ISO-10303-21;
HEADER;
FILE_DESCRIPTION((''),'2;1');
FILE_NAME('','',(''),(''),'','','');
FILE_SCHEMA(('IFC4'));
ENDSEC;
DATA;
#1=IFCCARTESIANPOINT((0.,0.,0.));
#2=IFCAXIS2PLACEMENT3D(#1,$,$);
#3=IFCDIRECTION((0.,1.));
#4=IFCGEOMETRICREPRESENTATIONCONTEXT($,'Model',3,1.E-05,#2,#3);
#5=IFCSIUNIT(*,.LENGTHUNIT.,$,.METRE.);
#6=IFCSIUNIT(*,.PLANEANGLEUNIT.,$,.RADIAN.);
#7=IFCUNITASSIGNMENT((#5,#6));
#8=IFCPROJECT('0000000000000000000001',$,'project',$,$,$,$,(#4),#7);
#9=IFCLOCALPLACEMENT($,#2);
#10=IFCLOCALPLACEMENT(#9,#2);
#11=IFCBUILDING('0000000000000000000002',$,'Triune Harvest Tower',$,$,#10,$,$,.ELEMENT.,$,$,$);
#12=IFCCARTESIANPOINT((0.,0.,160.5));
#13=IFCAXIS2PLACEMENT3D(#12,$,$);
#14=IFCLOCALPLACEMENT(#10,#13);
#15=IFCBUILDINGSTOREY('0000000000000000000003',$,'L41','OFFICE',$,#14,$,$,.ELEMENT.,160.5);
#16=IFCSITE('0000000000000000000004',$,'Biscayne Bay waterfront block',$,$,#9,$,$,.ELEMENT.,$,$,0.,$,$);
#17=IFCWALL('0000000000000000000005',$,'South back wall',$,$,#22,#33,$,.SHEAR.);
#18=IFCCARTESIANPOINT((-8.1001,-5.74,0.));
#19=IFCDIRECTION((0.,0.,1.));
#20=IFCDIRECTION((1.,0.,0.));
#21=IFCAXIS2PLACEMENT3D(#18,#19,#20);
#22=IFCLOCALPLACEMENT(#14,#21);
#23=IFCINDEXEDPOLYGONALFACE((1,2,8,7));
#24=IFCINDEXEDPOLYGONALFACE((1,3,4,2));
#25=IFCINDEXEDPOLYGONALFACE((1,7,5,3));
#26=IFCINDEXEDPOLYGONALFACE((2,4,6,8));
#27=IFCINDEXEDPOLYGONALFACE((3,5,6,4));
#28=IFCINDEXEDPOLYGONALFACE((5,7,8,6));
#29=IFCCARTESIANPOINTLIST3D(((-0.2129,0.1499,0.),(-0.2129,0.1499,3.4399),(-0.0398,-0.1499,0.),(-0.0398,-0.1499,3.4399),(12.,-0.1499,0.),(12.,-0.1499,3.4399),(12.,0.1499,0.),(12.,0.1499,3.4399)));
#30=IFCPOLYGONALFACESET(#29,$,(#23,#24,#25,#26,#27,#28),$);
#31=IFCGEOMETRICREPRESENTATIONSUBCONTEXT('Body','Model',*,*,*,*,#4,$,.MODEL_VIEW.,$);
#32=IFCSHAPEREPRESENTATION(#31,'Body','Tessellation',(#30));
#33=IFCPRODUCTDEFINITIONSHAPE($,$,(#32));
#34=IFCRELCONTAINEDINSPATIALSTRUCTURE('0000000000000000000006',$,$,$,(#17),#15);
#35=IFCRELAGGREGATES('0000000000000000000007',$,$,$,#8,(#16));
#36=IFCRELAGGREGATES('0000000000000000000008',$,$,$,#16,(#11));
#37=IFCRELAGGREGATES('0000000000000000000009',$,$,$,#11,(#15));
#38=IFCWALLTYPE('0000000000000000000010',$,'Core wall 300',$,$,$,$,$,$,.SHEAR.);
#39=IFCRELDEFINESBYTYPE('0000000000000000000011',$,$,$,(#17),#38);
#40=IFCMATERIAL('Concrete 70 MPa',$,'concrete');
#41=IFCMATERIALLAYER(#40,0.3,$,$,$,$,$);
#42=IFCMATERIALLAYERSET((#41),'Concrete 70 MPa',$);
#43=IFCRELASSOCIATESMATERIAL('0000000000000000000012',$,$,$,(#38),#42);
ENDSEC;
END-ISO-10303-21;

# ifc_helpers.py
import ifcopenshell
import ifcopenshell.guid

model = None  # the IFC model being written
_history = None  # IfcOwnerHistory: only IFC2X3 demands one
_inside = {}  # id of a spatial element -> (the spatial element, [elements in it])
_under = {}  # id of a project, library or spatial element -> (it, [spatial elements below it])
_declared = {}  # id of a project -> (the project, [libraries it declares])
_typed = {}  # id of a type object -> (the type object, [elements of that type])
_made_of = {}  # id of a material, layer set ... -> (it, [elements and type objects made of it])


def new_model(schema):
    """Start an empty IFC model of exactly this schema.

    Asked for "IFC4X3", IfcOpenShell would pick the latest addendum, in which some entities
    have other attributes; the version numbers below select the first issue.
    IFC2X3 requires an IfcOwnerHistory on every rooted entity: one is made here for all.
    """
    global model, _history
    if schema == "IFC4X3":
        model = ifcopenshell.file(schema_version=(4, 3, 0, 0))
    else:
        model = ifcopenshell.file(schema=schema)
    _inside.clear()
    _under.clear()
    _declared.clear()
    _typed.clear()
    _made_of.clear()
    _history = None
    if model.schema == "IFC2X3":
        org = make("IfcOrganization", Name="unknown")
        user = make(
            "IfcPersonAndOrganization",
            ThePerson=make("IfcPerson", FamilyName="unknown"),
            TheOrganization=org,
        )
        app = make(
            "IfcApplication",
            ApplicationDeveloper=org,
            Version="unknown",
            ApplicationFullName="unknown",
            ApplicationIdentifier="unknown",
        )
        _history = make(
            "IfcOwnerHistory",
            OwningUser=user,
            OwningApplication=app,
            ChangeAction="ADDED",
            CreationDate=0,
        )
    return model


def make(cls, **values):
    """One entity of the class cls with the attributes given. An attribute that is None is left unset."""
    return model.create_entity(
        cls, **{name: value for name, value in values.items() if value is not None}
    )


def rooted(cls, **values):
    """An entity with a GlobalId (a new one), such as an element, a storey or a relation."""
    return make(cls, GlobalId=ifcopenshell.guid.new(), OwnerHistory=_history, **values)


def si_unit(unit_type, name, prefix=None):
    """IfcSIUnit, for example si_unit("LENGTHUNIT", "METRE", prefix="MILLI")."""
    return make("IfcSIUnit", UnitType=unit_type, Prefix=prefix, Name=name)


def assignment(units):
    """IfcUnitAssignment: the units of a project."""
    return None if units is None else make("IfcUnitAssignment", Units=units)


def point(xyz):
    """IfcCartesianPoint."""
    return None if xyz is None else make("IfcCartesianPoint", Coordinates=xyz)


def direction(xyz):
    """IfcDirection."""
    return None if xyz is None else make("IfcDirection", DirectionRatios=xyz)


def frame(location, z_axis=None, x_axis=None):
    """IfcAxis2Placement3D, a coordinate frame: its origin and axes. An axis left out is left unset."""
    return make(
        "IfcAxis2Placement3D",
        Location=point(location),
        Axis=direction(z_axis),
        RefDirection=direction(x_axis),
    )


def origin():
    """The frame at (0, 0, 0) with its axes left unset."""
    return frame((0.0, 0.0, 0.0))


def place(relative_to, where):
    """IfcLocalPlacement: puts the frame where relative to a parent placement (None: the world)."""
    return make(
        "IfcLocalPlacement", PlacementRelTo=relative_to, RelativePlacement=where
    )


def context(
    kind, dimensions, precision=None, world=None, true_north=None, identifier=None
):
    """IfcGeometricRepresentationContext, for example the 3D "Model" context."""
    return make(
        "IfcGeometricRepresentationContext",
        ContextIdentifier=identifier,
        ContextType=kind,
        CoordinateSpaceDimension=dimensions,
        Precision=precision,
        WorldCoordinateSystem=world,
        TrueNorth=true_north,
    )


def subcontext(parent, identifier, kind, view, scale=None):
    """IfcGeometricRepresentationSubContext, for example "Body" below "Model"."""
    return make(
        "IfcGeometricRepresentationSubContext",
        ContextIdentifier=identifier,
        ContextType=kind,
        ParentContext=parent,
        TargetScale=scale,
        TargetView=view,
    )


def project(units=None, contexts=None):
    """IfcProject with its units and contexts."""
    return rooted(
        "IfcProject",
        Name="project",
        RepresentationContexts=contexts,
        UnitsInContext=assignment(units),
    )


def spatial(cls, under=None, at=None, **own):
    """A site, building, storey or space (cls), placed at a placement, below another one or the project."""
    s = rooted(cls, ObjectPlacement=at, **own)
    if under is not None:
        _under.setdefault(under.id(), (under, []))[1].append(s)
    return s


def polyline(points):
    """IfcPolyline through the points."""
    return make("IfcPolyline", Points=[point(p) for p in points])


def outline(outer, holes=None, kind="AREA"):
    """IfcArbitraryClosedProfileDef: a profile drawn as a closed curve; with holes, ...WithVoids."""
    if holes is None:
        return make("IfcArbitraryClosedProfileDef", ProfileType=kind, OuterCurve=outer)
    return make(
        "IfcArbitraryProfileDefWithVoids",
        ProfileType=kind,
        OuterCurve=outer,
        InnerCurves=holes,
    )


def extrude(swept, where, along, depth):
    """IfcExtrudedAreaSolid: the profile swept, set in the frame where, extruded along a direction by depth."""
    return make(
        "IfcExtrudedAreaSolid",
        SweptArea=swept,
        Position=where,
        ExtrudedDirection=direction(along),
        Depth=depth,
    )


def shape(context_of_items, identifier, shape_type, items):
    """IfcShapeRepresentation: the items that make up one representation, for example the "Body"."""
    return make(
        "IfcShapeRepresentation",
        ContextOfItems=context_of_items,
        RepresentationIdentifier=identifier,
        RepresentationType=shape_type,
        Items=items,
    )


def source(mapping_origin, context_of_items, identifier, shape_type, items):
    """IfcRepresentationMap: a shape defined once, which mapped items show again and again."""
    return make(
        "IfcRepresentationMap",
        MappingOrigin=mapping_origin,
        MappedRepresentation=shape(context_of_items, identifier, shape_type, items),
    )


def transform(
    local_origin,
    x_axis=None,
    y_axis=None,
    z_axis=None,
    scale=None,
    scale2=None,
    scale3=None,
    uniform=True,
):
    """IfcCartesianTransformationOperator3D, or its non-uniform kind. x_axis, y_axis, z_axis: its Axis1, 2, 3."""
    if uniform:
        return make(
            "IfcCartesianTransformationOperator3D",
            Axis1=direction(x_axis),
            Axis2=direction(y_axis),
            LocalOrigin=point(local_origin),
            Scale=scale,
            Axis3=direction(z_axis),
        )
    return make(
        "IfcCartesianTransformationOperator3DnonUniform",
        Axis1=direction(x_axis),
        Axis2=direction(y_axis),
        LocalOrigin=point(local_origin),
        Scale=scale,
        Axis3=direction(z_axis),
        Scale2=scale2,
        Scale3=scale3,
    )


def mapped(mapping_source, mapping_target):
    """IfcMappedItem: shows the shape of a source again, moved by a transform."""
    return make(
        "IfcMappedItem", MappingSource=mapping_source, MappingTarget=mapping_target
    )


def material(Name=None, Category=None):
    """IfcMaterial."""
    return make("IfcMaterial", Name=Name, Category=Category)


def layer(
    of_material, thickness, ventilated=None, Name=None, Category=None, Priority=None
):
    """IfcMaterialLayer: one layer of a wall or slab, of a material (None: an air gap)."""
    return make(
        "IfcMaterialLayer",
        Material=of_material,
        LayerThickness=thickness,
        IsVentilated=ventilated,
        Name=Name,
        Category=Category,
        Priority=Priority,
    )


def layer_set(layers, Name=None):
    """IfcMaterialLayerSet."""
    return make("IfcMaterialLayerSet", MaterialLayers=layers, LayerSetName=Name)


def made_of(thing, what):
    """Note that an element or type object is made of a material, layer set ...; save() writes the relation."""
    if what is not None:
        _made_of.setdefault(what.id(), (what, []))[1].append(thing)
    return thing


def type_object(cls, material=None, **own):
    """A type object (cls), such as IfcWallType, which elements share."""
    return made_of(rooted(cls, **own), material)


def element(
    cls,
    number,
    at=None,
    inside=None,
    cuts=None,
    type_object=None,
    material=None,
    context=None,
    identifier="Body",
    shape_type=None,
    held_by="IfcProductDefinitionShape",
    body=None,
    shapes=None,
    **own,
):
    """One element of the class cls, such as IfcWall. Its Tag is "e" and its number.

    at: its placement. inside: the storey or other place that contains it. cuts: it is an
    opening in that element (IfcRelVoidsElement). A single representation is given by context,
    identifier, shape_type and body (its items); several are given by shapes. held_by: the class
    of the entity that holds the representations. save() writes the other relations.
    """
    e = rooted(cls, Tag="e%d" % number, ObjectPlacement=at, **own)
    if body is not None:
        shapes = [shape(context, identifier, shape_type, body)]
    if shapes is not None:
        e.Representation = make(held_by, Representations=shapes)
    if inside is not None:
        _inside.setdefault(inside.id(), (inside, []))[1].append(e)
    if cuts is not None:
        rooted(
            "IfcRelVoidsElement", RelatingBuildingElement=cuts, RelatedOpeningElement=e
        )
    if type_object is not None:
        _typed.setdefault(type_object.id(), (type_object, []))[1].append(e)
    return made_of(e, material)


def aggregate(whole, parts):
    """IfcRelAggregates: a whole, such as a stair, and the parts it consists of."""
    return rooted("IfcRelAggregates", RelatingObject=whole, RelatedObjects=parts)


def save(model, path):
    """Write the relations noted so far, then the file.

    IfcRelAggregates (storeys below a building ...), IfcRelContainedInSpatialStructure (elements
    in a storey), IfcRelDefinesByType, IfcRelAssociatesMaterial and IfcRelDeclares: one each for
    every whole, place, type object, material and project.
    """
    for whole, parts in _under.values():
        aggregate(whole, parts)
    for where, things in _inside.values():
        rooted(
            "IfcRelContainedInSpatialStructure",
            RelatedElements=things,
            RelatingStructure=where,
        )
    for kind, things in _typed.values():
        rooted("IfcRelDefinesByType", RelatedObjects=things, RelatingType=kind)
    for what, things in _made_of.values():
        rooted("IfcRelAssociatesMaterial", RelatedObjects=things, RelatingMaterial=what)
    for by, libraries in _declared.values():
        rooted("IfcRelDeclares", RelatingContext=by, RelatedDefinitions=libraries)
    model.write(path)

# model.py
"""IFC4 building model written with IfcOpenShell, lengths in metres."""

from ifc_helpers import new_model, si_unit, direction, frame, origin, place, context, subcontext, project, spatial, polyline, outline, extrude, source, transform, mapped, material, layer, layer_set, type_object, element, save


model = new_model("IFC4")

# Units and contexts
model_context = context("Model", 3, precision=1e-05, world=origin(), true_north=direction((0.0, 1.0)))
body_context = subcontext(model_context, "Body", "Model", "MODEL_VIEW")
ifc_project = project(units=[si_unit("LENGTHUNIT", "METRE"), si_unit("PLANEANGLEUNIT", "RADIAN")], contexts=[model_context])

# Site, building, storey
site_placement = place(None, origin())
site = spatial("IfcSite", under=ifc_project, at=site_placement, Name="Biscayne Bay waterfront block", CompositionType="ELEMENT", RefElevation=0.0)
building_placement = place(site_placement, origin())
building = spatial("IfcBuilding", under=site, at=building_placement, Name="Triune Harvest Tower", CompositionType="ELEMENT")
storey_placement = place(building_placement, frame((0.0, 0.0, 160.5)))
storey = spatial("IfcBuildingStorey", under=building, at=storey_placement, Name="L41", Description="OFFICE", CompositionType="ELEMENT", Elevation=160.5)

# Wall
ifc_material_1 = material(Name="Concrete 70 MPa", Category="concrete")
ifc_layer_1 = layer(ifc_material_1, 0.3)
ifc_layer_set_1 = layer_set([ifc_layer_1], Name="Concrete 70 MPa")
wall_type_1 = type_object("IfcWallType", Name="Core wall 300", PredefinedType="SHEAR", material=ifc_layer_set_1)
shared_shape_1 = source(origin(), body_context, "Body", "SweptSolid", [
    extrude(outline(polyline([(12.0, -0.1499), (-0.0398, -0.1499), (-0.2129, 0.1499), (12.0, 0.1499), (12.0, -0.1499)])), origin(), (0.0, 0.0, 1.0), 3.4399),
])
wall_1_placement = place(storey_placement, frame((-8.1001, -5.74, 0.0), z_axis=(0.0, 0.0, 1.0), x_axis=(1.0, 0.0, 0.0)))
element("IfcWall", 1, at=wall_1_placement, inside=storey, type_object=wall_type_1, Name="South back wall", PredefinedType="SHEAR", context=body_context, shape_type="MappedRepresentation", body=[
    mapped(shared_shape_1, transform((0.0, 0.0, 0.0), scale=1.0)),
])

save(model, "model.ifc")
